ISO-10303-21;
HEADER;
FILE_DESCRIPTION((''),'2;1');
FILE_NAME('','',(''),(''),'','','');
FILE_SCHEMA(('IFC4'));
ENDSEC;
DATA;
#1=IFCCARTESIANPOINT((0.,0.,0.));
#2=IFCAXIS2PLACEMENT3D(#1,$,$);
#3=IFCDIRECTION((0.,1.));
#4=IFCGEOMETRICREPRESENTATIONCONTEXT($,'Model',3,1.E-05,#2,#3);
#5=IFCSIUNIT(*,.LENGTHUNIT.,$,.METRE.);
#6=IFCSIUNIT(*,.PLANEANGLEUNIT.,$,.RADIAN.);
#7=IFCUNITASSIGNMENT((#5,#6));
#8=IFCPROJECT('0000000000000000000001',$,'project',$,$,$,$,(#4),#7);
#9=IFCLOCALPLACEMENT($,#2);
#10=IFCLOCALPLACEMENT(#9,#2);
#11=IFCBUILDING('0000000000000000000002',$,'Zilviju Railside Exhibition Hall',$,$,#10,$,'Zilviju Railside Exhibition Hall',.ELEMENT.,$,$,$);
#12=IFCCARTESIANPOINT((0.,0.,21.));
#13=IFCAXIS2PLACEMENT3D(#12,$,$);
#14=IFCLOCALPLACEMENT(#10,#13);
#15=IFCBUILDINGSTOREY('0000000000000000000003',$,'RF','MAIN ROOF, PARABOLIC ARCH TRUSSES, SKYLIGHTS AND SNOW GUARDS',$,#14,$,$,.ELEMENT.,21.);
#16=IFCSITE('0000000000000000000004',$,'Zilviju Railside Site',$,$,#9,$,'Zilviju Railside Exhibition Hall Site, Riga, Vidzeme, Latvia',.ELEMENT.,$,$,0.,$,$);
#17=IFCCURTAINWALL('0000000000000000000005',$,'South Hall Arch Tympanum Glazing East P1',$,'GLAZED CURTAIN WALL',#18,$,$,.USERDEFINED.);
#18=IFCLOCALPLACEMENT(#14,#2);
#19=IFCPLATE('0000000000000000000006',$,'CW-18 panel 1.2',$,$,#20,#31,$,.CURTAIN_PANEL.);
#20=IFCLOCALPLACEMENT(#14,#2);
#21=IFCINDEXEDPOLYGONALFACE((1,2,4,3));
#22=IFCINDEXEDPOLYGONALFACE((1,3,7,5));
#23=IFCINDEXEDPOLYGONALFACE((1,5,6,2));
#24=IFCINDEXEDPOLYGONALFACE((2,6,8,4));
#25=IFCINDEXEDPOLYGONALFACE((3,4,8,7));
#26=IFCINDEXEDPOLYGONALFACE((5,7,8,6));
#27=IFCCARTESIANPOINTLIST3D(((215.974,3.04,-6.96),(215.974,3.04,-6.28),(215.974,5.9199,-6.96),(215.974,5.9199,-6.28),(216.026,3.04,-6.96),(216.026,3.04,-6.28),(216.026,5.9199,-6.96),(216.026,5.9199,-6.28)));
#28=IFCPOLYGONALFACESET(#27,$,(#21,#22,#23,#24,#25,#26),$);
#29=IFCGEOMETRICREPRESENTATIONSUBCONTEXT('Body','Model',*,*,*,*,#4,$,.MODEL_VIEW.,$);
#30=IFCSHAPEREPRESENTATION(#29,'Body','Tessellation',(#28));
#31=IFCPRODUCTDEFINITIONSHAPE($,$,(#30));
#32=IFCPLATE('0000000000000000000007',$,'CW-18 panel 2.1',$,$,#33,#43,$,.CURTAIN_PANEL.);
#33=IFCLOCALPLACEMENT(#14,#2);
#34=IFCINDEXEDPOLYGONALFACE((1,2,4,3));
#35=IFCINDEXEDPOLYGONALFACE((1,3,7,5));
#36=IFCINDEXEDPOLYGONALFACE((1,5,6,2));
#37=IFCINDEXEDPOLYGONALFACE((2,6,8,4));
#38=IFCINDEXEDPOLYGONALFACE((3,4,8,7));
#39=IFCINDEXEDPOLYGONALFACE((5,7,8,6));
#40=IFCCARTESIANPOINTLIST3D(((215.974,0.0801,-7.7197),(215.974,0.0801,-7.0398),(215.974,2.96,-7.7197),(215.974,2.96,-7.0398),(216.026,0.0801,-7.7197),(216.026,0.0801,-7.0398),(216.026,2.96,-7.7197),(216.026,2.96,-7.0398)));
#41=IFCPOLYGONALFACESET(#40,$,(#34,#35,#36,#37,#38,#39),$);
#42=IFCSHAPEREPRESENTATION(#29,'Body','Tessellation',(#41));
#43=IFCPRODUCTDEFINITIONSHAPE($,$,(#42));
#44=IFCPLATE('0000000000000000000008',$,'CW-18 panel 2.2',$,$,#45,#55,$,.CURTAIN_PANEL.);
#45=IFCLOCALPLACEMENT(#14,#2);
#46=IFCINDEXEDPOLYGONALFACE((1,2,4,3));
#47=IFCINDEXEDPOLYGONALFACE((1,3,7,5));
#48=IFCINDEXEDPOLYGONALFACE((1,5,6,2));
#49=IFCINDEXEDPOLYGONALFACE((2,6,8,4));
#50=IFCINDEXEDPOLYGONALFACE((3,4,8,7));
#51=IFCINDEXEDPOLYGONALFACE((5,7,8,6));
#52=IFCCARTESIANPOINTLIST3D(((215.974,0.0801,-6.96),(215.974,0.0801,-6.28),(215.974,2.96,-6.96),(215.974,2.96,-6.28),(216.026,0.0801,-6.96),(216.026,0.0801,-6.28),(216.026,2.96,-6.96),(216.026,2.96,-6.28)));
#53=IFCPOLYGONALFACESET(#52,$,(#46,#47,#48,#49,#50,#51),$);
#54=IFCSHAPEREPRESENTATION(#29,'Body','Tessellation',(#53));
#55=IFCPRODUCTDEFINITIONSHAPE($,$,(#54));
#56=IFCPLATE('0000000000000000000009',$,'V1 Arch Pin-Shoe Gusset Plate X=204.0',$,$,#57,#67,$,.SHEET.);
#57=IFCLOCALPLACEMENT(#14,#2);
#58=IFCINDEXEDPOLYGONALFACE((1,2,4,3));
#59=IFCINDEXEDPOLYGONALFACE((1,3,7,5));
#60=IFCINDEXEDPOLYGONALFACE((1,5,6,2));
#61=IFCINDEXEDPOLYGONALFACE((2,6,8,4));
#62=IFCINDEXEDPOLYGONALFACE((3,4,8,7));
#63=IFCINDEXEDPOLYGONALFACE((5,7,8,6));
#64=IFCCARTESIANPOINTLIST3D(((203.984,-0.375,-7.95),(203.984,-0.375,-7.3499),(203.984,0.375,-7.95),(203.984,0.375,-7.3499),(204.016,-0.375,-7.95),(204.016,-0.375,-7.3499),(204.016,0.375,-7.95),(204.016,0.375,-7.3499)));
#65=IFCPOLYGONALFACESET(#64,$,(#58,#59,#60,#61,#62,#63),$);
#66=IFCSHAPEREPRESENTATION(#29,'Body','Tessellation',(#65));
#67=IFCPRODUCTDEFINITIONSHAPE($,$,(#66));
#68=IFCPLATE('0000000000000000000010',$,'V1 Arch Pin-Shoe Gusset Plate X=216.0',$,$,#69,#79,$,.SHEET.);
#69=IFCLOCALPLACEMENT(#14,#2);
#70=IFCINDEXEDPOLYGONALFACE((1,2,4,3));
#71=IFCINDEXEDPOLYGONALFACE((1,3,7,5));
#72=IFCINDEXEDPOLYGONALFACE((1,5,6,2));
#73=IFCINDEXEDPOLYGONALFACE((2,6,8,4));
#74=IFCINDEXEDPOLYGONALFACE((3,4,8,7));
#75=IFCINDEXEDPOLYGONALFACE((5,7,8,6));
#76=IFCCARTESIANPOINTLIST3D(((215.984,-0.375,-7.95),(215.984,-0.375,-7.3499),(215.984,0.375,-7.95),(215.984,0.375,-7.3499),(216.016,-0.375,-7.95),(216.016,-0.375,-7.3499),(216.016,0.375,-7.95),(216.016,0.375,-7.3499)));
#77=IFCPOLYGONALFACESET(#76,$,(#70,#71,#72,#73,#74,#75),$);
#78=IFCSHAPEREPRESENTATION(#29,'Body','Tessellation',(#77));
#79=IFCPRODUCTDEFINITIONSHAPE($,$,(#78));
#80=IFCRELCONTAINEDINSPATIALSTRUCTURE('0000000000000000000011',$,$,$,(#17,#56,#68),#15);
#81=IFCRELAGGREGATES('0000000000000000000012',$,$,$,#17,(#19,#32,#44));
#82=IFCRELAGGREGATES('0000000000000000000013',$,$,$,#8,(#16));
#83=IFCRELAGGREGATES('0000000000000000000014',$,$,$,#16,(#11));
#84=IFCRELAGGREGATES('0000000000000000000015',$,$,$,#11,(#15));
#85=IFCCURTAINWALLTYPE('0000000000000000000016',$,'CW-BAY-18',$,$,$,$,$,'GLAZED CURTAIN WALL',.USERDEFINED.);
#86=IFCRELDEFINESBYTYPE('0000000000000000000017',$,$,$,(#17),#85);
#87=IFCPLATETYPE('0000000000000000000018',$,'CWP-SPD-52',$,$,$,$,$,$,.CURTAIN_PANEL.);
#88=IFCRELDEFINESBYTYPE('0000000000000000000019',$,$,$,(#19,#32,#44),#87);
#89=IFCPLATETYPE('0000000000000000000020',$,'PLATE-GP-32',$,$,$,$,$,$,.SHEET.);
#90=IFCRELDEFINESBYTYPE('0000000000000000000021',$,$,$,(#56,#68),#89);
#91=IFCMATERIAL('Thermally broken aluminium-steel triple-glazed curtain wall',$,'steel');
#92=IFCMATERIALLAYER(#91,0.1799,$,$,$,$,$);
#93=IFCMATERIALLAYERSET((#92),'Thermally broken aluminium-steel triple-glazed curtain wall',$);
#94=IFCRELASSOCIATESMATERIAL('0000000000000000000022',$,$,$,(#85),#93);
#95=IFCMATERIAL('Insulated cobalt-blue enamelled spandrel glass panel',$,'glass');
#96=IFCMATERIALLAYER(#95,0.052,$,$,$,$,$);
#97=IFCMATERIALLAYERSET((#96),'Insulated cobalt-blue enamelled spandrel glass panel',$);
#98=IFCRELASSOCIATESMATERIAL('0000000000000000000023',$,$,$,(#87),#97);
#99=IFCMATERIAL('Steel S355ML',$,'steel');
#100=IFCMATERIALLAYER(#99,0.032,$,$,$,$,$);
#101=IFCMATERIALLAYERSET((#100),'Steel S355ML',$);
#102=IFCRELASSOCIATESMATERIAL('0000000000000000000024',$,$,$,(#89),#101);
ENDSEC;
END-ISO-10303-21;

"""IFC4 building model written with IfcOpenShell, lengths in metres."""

from ifc_helpers import new_model, si_unit, direction, frame, origin, origin_2d, place, context, subcontext, project, spatial, rectangle, extrude, material, layer, layer_set, type_object, element, aggregate, save


model = new_model("IFC4")

# Units and contexts
model_context = context("Model", 3, precision=1e-05, world=origin(), true_north=direction((0.0, 1.0)))
body_context = subcontext(model_context, "Body", "Model", "MODEL_VIEW")
ifc_project = project(units=[si_unit("LENGTHUNIT", "METRE"), si_unit("PLANEANGLEUNIT", "RADIAN")], contexts=[model_context])

# Site, building, storey
site_placement = place(None, origin())
site = spatial("IfcSite", under=ifc_project, at=site_placement, Name="Zilviju Railside Site", LongName="Zilviju Railside Exhibition Hall Site, Riga, Vidzeme, Latvia", CompositionType="ELEMENT", RefElevation=0.0)
building_placement = place(site_placement, origin())
building = spatial("IfcBuilding", under=site, at=building_placement, Name="Zilviju Railside Exhibition Hall", LongName="Zilviju Railside Exhibition Hall", CompositionType="ELEMENT")
storey_placement = place(building_placement, frame((0.0, 0.0, 21.0)))
storey = spatial("IfcBuildingStorey", under=building, at=storey_placement, Name="RF", Description="MAIN ROOF, PARABOLIC ARCH TRUSSES, SKYLIGHTS AND SNOW GUARDS", CompositionType="ELEMENT", Elevation=21.0)

# Curtain wall
ifc_material_1 = material(Name="Thermally broken aluminium-steel triple-glazed curtain wall", Category="steel")
ifc_layer_1 = layer(ifc_material_1, 0.1799)
ifc_layer_set_1 = layer_set([ifc_layer_1], Name="Thermally broken aluminium-steel triple-glazed curtain wall")
curtain_wall_type = type_object("IfcCurtainWallType", Name="CW-BAY-18", ElementType="GLAZED CURTAIN WALL", PredefinedType="USERDEFINED", material=ifc_layer_set_1)
curtain_wall_placement = place(storey_placement, origin())
curtain_wall = element("IfcCurtainWall", 1, at=curtain_wall_placement, inside=storey, type_object=curtain_wall_type, Name="South Hall Arch Tympanum Glazing East P1", ObjectType="GLAZED CURTAIN WALL", PredefinedType="USERDEFINED")

# Shared definitions
ifc_material_2 = material(Name="Steel S355ML", Category="steel")

# Plates
ifc_material_3 = material(Name="Insulated cobalt-blue enamelled spandrel glass panel", Category="glass")
ifc_layer_2 = layer(ifc_material_3, 0.052)
ifc_layer_set_2 = layer_set([ifc_layer_2], Name="Insulated cobalt-blue enamelled spandrel glass panel")
plate_type_1 = type_object("IfcPlateType", Name="CWP-SPD-52", PredefinedType="CURTAIN_PANEL", material=ifc_layer_set_2)
plate_1_placement = place(storey_placement, frame((216.0, 4.48, -6.96), z_axis=(0.0, 0.0, 1.0), x_axis=(0.0, -1.0, 0.0)))
plate_1 = element("IfcPlate", 2, at=plate_1_placement, type_object=plate_type_1, Name="CW-18 panel 1.2", PredefinedType="CURTAIN_PANEL", context=body_context, shape_type="SweptSolid", body=[
    extrude(rectangle(XDim=2.8799, YDim=0.052, at=origin_2d()), origin(), (0.0, 0.0, 1.0), 0.6799),
])
plate_2_placement = place(storey_placement, frame((216.0, 1.52, -7.7197), z_axis=(0.0, 0.0, 1.0), x_axis=(0.0, -1.0, 0.0)))
plate_2 = element("IfcPlate", 3, at=plate_2_placement, type_object=plate_type_1, Name="CW-18 panel 2.1", PredefinedType="CURTAIN_PANEL", context=body_context, shape_type="SweptSolid", body=[
    extrude(rectangle(XDim=2.8799, YDim=0.052, at=origin_2d()), origin(), (0.0, 0.0, 1.0), 0.6799),
])
plate_3_placement = place(storey_placement, frame((216.0, 1.52, -6.96), z_axis=(0.0, 0.0, 1.0), x_axis=(0.0, -1.0, 0.0)))
plate_3 = element("IfcPlate", 4, at=plate_3_placement, type_object=plate_type_1, Name="CW-18 panel 2.2", PredefinedType="CURTAIN_PANEL", context=body_context, shape_type="SweptSolid", body=[
    extrude(rectangle(XDim=2.8799, YDim=0.052, at=origin_2d()), origin(), (0.0, 0.0, 1.0), 0.6799),
])
aggregate(curtain_wall, [plate_1, plate_2, plate_3])

# Plates
ifc_layer_3 = layer(ifc_material_2, 0.032)
ifc_layer_set_3 = layer_set([ifc_layer_3], Name="Steel S355ML")
plate_type_2 = type_object("IfcPlateType", Name="PLATE-GP-32", PredefinedType="SHEET", material=ifc_layer_set_3)
for number, where, z_axis, x_axis, name in (
    (5, (204.0, 0.0, -7.95), (0.0, 0.0, 1.0), (1.0, 0.0, 0.0), "V1 Arch Pin-Shoe Gusset Plate X=204.0"),
    (6, (216.0, 0.0, -7.95), (0.0, 0.0, 1.0), (1.0, 0.0, 0.0), "V1 Arch Pin-Shoe Gusset Plate X=216.0"),
):
    element("IfcPlate", number, at=place(storey_placement, frame(where, z_axis=z_axis, x_axis=x_axis)), inside=storey, type_object=plate_type_2, Name=name, PredefinedType="SHEET", context=body_context, shape_type="SweptSolid", body=[
        extrude(rectangle(XDim=0.032, YDim=0.75, at=origin_2d()), origin(), (0.0, 0.0, 1.0), 0.6001),
    ])

save(model, "model.ifc")
